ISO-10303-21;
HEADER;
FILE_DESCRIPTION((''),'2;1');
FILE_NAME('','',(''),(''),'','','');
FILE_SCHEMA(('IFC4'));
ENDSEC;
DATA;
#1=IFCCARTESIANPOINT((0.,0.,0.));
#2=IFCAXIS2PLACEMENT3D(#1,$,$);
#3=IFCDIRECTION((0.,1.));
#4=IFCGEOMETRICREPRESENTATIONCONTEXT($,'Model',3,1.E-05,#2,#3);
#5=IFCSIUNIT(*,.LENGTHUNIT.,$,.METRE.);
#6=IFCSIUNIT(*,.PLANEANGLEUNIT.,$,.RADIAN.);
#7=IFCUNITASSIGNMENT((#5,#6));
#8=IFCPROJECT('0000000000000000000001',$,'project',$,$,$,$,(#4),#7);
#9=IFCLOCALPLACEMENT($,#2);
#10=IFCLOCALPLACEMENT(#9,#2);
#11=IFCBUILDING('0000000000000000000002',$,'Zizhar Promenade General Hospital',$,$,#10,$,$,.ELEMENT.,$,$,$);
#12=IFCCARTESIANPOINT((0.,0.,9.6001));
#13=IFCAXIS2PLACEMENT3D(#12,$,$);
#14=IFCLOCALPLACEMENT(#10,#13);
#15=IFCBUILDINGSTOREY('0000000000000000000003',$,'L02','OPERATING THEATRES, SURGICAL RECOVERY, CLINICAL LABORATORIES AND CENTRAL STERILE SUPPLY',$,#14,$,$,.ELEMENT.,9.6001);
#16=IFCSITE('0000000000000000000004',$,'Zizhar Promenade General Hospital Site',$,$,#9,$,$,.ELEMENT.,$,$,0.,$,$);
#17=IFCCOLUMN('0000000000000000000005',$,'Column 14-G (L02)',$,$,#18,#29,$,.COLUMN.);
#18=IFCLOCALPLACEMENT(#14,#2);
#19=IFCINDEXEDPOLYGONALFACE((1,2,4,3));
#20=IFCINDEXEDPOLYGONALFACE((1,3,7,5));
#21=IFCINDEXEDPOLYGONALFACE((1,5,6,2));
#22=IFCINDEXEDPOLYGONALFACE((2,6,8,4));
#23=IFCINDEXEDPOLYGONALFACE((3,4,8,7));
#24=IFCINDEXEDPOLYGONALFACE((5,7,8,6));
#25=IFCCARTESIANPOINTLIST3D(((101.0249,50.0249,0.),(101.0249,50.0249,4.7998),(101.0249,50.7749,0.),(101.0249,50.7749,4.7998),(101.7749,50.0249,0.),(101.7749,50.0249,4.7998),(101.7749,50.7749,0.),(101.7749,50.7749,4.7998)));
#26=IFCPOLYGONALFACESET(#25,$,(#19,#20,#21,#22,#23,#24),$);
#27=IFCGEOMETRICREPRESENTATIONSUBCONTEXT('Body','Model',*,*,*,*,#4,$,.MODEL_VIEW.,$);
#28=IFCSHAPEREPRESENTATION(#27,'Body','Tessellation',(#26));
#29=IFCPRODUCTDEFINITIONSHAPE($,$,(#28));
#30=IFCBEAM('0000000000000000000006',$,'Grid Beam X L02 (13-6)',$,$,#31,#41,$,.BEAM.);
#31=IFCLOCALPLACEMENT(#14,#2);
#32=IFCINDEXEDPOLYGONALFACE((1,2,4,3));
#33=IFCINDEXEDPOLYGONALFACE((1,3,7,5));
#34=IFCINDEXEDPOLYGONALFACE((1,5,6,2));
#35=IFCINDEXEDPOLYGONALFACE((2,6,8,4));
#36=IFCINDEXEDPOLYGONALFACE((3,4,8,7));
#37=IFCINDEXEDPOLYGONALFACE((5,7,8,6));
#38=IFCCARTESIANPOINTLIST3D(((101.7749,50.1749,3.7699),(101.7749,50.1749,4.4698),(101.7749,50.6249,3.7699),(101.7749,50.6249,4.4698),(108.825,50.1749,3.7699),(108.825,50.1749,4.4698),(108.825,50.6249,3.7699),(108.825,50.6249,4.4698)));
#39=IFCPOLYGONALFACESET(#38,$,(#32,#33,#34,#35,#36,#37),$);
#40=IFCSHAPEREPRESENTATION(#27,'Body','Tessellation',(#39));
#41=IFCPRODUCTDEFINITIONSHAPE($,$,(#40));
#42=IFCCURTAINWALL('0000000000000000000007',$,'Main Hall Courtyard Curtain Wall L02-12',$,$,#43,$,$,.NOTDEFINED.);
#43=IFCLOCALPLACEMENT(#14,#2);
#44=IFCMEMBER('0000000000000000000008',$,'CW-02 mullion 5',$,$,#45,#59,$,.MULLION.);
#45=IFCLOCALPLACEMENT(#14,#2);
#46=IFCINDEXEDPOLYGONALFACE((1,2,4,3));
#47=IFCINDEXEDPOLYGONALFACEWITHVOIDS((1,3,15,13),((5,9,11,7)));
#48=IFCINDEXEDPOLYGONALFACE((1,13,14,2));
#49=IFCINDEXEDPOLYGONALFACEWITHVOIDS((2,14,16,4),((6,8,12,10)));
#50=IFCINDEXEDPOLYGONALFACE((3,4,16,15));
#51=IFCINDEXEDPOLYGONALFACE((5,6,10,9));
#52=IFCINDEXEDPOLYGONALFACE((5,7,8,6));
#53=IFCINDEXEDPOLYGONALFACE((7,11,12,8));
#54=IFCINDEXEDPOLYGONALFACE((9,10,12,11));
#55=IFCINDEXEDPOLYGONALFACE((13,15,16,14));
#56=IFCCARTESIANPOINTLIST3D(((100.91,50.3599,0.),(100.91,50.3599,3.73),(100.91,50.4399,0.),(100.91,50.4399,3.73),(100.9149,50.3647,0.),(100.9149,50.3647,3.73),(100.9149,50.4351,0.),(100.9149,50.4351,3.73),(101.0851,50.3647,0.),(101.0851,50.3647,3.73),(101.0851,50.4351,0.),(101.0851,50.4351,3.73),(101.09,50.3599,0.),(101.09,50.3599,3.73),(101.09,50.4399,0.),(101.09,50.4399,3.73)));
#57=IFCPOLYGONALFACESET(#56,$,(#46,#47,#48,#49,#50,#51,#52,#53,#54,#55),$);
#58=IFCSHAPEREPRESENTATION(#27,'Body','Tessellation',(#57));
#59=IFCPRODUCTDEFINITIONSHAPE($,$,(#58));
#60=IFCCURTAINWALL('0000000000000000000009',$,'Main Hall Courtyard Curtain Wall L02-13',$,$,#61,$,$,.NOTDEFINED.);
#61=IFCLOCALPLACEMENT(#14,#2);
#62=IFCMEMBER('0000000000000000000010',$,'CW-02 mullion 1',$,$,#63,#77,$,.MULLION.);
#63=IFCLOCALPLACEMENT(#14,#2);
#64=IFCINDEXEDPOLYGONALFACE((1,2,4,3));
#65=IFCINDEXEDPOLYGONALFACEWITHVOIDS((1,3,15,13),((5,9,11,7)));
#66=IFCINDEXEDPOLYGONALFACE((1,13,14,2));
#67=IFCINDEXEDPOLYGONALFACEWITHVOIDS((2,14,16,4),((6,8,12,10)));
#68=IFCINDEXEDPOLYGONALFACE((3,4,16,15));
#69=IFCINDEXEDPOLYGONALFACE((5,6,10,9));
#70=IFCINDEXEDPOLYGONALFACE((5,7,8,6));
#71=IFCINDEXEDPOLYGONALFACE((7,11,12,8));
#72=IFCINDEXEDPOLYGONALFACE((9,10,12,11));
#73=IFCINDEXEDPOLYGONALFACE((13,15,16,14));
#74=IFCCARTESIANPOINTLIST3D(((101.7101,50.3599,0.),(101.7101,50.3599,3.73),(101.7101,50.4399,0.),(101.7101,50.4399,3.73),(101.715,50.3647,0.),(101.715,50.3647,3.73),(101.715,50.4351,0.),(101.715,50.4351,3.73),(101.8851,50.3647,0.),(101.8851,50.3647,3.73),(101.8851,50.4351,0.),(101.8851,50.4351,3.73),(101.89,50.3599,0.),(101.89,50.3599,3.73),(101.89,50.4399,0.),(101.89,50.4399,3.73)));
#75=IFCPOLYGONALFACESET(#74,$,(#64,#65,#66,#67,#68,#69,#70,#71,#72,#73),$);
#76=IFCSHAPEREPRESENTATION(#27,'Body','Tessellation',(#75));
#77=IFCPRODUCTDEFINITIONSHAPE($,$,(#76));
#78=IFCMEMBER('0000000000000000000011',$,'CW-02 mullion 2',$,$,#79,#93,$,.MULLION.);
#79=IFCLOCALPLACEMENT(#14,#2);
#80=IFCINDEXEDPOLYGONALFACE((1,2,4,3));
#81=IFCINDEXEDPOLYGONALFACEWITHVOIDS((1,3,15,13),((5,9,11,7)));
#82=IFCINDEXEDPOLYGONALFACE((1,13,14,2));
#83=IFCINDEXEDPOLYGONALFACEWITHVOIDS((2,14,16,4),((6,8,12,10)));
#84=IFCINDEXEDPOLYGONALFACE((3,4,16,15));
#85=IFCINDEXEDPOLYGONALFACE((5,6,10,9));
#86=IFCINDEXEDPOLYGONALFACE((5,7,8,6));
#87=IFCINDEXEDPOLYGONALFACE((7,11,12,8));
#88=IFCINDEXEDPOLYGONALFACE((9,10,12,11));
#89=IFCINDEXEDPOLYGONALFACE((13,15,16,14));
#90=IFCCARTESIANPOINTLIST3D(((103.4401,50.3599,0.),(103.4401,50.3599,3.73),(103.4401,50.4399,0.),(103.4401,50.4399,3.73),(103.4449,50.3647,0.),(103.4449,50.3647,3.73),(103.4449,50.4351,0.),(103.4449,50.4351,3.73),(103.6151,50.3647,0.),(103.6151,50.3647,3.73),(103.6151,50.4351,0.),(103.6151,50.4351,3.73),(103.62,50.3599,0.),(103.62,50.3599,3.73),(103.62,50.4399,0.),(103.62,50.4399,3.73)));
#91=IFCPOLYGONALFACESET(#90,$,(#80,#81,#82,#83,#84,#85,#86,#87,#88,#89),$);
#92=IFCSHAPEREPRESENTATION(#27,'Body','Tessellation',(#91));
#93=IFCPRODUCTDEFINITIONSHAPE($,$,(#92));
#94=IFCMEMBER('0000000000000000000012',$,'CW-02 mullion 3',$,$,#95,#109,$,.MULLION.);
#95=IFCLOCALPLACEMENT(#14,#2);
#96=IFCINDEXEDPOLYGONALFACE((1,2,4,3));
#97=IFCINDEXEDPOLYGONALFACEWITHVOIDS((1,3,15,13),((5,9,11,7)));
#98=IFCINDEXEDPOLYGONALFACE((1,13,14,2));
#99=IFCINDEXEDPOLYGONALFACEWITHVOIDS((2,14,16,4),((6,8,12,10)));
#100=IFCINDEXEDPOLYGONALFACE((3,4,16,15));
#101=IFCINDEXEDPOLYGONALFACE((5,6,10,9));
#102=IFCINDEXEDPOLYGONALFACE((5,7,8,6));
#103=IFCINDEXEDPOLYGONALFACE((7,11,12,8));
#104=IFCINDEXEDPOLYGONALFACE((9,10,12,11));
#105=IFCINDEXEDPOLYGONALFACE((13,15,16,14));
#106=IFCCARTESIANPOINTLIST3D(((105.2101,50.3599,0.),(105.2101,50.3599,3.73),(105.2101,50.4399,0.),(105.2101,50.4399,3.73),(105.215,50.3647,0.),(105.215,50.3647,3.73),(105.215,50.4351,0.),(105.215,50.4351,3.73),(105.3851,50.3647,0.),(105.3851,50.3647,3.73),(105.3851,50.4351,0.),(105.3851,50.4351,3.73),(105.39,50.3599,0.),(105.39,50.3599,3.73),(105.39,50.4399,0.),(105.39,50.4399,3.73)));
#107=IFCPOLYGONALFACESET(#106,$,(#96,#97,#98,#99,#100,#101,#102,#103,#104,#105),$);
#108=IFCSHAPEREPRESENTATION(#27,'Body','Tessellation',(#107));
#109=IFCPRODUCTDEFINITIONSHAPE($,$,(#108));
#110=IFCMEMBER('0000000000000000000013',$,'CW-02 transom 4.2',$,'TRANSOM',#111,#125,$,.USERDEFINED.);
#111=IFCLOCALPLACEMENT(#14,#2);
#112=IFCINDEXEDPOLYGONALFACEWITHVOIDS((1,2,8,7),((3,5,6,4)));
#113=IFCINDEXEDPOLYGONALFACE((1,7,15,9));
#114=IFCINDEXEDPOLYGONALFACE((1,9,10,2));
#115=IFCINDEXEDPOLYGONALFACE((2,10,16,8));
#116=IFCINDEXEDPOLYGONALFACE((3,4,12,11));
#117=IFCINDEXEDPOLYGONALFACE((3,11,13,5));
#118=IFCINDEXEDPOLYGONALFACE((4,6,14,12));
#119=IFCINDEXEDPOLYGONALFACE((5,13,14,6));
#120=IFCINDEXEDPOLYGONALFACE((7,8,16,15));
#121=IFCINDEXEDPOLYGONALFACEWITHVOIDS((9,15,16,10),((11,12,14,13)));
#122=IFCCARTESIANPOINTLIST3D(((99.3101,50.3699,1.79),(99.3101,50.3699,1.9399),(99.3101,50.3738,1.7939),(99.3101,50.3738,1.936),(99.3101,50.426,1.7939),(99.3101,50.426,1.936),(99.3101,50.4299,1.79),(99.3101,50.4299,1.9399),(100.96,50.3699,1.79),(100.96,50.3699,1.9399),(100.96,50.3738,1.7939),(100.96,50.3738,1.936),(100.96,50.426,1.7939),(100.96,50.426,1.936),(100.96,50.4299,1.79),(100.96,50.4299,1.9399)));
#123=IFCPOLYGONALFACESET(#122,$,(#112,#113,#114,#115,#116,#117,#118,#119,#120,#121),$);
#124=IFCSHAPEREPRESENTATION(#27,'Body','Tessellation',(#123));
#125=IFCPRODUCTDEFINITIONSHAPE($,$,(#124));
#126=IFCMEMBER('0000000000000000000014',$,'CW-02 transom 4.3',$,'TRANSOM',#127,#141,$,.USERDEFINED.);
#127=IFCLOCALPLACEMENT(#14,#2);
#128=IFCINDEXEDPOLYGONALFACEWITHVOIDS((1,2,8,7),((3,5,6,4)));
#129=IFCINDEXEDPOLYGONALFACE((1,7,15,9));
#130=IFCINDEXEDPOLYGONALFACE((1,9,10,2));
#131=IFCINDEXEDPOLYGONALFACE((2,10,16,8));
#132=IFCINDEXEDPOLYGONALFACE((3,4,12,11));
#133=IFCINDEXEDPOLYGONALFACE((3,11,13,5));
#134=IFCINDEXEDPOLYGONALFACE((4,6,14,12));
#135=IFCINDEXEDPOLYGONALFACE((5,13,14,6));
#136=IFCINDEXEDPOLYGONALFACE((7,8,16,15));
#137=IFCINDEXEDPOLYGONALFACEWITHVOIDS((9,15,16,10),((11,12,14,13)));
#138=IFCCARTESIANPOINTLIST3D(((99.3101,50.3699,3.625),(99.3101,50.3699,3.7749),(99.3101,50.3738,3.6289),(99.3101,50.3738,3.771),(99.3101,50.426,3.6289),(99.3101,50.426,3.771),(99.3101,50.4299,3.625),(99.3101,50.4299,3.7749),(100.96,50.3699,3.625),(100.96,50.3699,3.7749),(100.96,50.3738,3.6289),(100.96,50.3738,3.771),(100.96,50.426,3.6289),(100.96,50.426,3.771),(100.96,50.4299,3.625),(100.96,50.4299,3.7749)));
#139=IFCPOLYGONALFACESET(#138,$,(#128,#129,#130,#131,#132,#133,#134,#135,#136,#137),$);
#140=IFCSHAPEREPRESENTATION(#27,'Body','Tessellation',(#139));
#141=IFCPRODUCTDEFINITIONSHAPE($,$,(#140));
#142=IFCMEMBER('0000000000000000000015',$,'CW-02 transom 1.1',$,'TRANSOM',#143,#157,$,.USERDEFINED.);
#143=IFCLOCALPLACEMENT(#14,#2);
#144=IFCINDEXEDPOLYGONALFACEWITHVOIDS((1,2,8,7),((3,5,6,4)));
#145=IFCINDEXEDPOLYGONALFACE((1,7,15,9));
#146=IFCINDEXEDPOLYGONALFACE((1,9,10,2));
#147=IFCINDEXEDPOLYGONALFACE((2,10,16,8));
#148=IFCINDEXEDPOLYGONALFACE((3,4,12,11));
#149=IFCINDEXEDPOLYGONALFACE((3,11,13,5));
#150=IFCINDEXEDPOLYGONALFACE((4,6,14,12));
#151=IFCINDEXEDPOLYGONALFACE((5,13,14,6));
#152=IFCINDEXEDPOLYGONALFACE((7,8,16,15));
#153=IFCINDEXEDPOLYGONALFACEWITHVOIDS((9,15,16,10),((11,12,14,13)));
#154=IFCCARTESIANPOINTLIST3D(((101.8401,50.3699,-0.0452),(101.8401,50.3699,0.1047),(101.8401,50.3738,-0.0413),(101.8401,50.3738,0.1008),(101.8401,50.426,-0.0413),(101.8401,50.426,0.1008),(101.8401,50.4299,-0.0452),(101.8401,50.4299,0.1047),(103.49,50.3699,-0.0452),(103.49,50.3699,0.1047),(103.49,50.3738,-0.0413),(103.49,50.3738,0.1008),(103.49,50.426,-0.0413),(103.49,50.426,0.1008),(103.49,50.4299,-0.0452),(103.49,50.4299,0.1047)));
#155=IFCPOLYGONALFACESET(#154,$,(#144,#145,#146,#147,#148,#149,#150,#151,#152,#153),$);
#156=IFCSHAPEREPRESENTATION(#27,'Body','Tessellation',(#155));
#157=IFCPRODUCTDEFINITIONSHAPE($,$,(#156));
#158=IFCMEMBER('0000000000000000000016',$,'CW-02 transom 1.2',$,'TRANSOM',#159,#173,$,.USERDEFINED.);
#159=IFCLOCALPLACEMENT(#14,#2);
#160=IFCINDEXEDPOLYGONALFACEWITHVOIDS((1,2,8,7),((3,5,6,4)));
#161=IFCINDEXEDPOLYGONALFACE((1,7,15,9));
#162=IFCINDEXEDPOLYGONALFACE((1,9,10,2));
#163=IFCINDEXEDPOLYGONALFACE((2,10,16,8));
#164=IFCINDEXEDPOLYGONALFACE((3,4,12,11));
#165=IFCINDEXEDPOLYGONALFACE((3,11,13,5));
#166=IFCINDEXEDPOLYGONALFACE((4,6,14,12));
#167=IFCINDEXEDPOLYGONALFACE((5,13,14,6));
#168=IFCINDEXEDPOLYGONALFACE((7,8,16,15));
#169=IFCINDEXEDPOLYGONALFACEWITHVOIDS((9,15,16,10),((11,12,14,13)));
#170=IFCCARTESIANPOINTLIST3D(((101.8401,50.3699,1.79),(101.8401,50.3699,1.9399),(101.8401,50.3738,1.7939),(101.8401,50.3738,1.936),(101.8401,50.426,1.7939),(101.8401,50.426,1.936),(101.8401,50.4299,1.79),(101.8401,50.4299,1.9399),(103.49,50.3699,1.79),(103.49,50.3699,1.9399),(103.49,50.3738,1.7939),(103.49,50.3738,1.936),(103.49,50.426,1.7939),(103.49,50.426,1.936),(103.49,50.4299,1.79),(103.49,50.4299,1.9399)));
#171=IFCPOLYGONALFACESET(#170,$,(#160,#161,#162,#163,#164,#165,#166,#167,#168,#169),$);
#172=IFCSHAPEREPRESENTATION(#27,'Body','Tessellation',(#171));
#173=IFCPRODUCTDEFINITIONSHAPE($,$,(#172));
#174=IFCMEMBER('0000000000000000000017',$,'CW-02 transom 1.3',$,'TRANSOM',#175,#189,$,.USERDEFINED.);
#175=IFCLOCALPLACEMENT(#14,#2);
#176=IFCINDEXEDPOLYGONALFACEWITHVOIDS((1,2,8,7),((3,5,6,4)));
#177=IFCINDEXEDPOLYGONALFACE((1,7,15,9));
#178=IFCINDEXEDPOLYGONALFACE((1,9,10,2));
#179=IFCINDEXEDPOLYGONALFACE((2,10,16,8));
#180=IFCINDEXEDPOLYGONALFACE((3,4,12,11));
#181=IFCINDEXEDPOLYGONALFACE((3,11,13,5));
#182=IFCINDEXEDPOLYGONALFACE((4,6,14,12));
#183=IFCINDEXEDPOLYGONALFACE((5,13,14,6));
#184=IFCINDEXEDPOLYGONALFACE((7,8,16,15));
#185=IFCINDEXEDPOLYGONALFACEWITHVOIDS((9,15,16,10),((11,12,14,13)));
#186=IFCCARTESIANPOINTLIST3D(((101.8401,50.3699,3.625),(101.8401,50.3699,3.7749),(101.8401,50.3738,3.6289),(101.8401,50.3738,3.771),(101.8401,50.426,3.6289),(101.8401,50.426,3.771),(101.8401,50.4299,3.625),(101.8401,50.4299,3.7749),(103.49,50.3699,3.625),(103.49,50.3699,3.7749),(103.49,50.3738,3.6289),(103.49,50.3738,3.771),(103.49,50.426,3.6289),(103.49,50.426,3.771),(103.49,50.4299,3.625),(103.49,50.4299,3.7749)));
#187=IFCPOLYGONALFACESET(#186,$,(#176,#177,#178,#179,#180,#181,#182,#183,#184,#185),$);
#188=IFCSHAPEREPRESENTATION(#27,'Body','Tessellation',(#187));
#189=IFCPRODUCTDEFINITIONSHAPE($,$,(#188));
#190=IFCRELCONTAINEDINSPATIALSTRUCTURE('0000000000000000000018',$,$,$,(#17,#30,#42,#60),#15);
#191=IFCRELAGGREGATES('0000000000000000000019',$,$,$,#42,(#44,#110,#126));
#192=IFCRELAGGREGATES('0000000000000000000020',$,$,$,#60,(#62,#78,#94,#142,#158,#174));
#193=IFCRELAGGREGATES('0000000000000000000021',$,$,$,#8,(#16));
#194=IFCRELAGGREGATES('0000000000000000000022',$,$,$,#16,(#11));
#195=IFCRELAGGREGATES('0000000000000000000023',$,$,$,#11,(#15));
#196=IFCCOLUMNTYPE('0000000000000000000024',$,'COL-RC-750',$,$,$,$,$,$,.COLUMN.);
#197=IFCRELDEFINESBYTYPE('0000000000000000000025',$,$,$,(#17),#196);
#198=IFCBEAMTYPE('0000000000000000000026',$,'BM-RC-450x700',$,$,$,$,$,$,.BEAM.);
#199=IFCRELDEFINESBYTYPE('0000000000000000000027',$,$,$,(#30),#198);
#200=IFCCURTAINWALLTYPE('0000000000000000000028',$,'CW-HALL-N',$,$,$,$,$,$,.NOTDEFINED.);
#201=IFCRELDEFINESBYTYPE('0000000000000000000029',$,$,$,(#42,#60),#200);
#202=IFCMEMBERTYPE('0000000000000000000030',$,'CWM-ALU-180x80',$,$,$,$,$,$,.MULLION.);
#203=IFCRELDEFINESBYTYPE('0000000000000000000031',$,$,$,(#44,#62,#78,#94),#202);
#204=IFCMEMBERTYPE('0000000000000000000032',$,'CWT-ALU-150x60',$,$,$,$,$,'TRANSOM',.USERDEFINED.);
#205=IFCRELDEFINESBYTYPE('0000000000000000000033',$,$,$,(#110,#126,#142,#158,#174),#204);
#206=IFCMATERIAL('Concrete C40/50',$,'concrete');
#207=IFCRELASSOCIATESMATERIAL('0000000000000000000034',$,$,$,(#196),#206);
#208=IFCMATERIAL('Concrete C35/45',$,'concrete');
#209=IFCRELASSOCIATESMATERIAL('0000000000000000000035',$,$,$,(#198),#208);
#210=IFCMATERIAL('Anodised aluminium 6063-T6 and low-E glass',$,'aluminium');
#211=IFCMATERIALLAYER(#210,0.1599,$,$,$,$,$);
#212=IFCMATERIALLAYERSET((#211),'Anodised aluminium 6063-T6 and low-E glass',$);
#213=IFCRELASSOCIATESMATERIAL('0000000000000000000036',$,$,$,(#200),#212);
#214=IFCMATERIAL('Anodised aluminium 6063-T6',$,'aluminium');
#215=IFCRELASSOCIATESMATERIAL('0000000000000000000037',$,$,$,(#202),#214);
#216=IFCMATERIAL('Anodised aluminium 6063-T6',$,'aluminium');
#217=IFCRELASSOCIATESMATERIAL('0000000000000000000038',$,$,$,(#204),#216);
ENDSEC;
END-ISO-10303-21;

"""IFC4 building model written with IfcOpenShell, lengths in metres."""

from ifc_helpers import new_model, si_unit, direction, frame, origin, origin_2d, place, context, subcontext, project, spatial, rectangle, hollow_rectangle, extrude, material, layer, layer_set, material_profile, profile_set, type_object, element, aggregate, save


model = new_model("IFC4")

# Units and contexts
model_context = context("Model", 3, precision=1e-05, world=origin(), true_north=direction((0.0, 1.0)))
body_context = subcontext(model_context, "Body", "Model", "MODEL_VIEW")
ifc_project = project(units=[si_unit("LENGTHUNIT", "METRE"), si_unit("PLANEANGLEUNIT", "RADIAN")], contexts=[model_context])

# Site, building, storey
site_placement = place(None, origin())
site = spatial("IfcSite", under=ifc_project, at=site_placement, Name="Zizhar Promenade General Hospital Site", CompositionType="ELEMENT", RefElevation=0.0)
building_placement = place(site_placement, origin())
building = spatial("IfcBuilding", under=site, at=building_placement, Name="Zizhar Promenade General Hospital", CompositionType="ELEMENT")
storey_placement = place(building_placement, frame((0.0, 0.0, 9.6001)))
storey = spatial("IfcBuildingStorey", under=building, at=storey_placement, Name="L02", Description="OPERATING THEATRES, SURGICAL RECOVERY, CLINICAL LABORATORIES AND CENTRAL STERILE SUPPLY", CompositionType="ELEMENT", Elevation=9.6001)

# Column
ifc_material_1 = material(Name="Concrete C40/50", Category="concrete")
ifc_material_profile_1 = material_profile(ifc_material_1, rectangle(XDim=0.75, YDim=0.75, at=origin_2d()))
ifc_profile_set_1 = profile_set([ifc_material_profile_1], Name="Concrete C40/50")
column_type = type_object("IfcColumnType", Name="COL-RC-750", PredefinedType="COLUMN", material=ifc_profile_set_1)
column_placement = place(storey_placement, frame((101.3999, 50.3999, 0.0), z_axis=(0.0, 0.0, 1.0), x_axis=(1.0, 0.0, 0.0)))
element("IfcColumn", 1, at=column_placement, inside=storey, type_object=column_type, Name="Column 14-G (L02)", PredefinedType="COLUMN", context=body_context, shape_type="SweptSolid", body=[
    extrude(rectangle(XDim=0.75, YDim=0.75, at=origin_2d()), origin(), (0.0, 0.0, 1.0), 4.7998),
])

# Beam
ifc_material_2 = material(Name="Concrete C35/45", Category="concrete")
ifc_material_profile_2 = material_profile(ifc_material_2, rectangle(XDim=0.45, YDim=0.7, at=origin_2d()))
ifc_profile_set_2 = profile_set([ifc_material_profile_2], Name="Concrete C35/45")
beam_type = type_object("IfcBeamType", Name="BM-RC-450x700", PredefinedType="BEAM", material=ifc_profile_set_2)
beam_placement = place(storey_placement, frame((101.7749, 50.3999, 4.1199), z_axis=(1.0, 0.0, 0.0), x_axis=(0.0, 1.0, 0.0)))
element("IfcBeam", 2, at=beam_placement, inside=storey, type_object=beam_type, Name="Grid Beam X L02 (13-6)", PredefinedType="BEAM", context=body_context, shape_type="SweptSolid", body=[
    extrude(rectangle(XDim=0.45, YDim=0.7, at=origin_2d()), origin(), (0.0, 0.0, 1.0), 7.05),
])

# Curtain wall, member
ifc_material_3 = material(Name="Anodised aluminium 6063-T6 and low-E glass", Category="aluminium")
ifc_layer_1 = layer(ifc_material_3, 0.1599)
ifc_layer_set_1 = layer_set([ifc_layer_1], Name="Anodised aluminium 6063-T6 and low-E glass")
curtain_wall_type = type_object("IfcCurtainWallType", Name="CW-HALL-N", PredefinedType="NOTDEFINED", material=ifc_layer_set_1)
curtain_wall_1_placement = place(storey_placement, origin())
curtain_wall_1 = element("IfcCurtainWall", 3, at=curtain_wall_1_placement, inside=storey, type_object=curtain_wall_type, Name="Main Hall Courtyard Curtain Wall L02-12", PredefinedType="NOTDEFINED")
ifc_material_4 = material(Name="Anodised aluminium 6063-T6", Category="aluminium")
ifc_material_profile_3 = material_profile(ifc_material_4, hollow_rectangle(XDim=0.0801, YDim=0.1799, WallThickness=0.0049, at=origin_2d()))
ifc_profile_set_3 = profile_set([ifc_material_profile_3], Name="Anodised aluminium 6063-T6")
member_type_1 = type_object("IfcMemberType", Name="CWM-ALU-180x80", PredefinedType="MULLION", material=ifc_profile_set_3)
member_1_placement = place(storey_placement, frame((101.0, 50.3999, 0.0), z_axis=(0.0, 0.0, 1.0), x_axis=(0.0, 1.0, 0.0)))
member_1 = element("IfcMember", 4, at=member_1_placement, type_object=member_type_1, Name="CW-02 mullion 5", PredefinedType="MULLION", context=body_context, shape_type="SweptSolid", body=[
    extrude(hollow_rectangle(XDim=0.0801, YDim=0.1799, WallThickness=0.0049, at=origin_2d()), origin(), (0.0, 0.0, 1.0), 3.73),
])

# Curtain wall, members
curtain_wall_2_placement = place(storey_placement, origin())
curtain_wall_2 = element("IfcCurtainWall", 5, at=curtain_wall_2_placement, inside=storey, type_object=curtain_wall_type, Name="Main Hall Courtyard Curtain Wall L02-13", PredefinedType="NOTDEFINED")
member_2_placement = place(storey_placement, frame((101.8, 50.3999, 0.0), z_axis=(0.0, 0.0, 1.0), x_axis=(0.0, 1.0, 0.0)))
member_2 = element("IfcMember", 6, at=member_2_placement, type_object=member_type_1, Name="CW-02 mullion 1", PredefinedType="MULLION", context=body_context, shape_type="SweptSolid", body=[
    extrude(hollow_rectangle(XDim=0.0801, YDim=0.1799, WallThickness=0.0049, at=origin_2d()), origin(), (0.0, 0.0, 1.0), 3.73),
])
member_3_placement = place(storey_placement, frame((103.53, 50.3999, 0.0), z_axis=(0.0, 0.0, 1.0), x_axis=(0.0, 1.0, 0.0)))
member_3 = element("IfcMember", 7, at=member_3_placement, type_object=member_type_1, Name="CW-02 mullion 2", PredefinedType="MULLION", context=body_context, shape_type="SweptSolid", body=[
    extrude(hollow_rectangle(XDim=0.0801, YDim=0.1799, WallThickness=0.0049, at=origin_2d()), origin(), (0.0, 0.0, 1.0), 3.73),
])
member_4_placement = place(storey_placement, frame((105.3, 50.3999, 0.0), z_axis=(0.0, 0.0, 1.0), x_axis=(0.0, 1.0, 0.0)))
member_4 = element("IfcMember", 8, at=member_4_placement, type_object=member_type_1, Name="CW-02 mullion 3", PredefinedType="MULLION", context=body_context, shape_type="SweptSolid", body=[
    extrude(hollow_rectangle(XDim=0.0801, YDim=0.1799, WallThickness=0.0049, at=origin_2d()), origin(), (0.0, 0.0, 1.0), 3.73),
])

# Members
ifc_material_5 = material(Name="Anodised aluminium 6063-T6", Category="aluminium")
ifc_material_profile_4 = material_profile(ifc_material_5, hollow_rectangle(XDim=0.0601, YDim=0.1499, WallThickness=0.0039, at=origin_2d()))
ifc_profile_set_4 = profile_set([ifc_material_profile_4], Name="Anodised aluminium 6063-T6")
member_type_2 = type_object("IfcMemberType", Name="CWT-ALU-150x60", ElementType="TRANSOM", PredefinedType="USERDEFINED", material=ifc_profile_set_4)
member_5_placement = place(storey_placement, frame((99.3101, 50.3999, 1.865), z_axis=(1.0, 0.0, 0.0), x_axis=(0.0, 1.0, 0.0)))
member_5 = element("IfcMember", 9, at=member_5_placement, type_object=member_type_2, Name="CW-02 transom 4.2", ObjectType="TRANSOM", PredefinedType="USERDEFINED", context=body_context, shape_type="SweptSolid", body=[
    extrude(hollow_rectangle(XDim=0.0601, YDim=0.1499, WallThickness=0.0039, at=origin_2d()), origin(), (0.0, 0.0, 1.0), 1.6499),
])
member_6_placement = place(storey_placement, frame((99.3101, 50.3999, 3.7), z_axis=(1.0, 0.0, 0.0), x_axis=(0.0, 1.0, 0.0)))
member_6 = element("IfcMember", 10, at=member_6_placement, type_object=member_type_2, Name="CW-02 transom 4.3", ObjectType="TRANSOM", PredefinedType="USERDEFINED", context=body_context, shape_type="SweptSolid", body=[
    extrude(hollow_rectangle(XDim=0.0601, YDim=0.1499, WallThickness=0.0039, at=origin_2d()), origin(), (0.0, 0.0, 1.0), 1.6499),
])
member_7_placement = place(storey_placement, frame((101.8401, 50.3999, 0.0298), z_axis=(1.0, 0.0, 0.0), x_axis=(0.0, 1.0, 0.0)))
member_7 = element("IfcMember", 11, at=member_7_placement, type_object=member_type_2, Name="CW-02 transom 1.1", ObjectType="TRANSOM", PredefinedType="USERDEFINED", context=body_context, shape_type="SweptSolid", body=[
    extrude(hollow_rectangle(XDim=0.0601, YDim=0.1499, WallThickness=0.0039, at=origin_2d()), origin(), (0.0, 0.0, 1.0), 1.6499),
])
member_8_placement = place(storey_placement, frame((101.8401, 50.3999, 1.865), z_axis=(1.0, 0.0, 0.0), x_axis=(0.0, 1.0, 0.0)))
member_8 = element("IfcMember", 12, at=member_8_placement, type_object=member_type_2, Name="CW-02 transom 1.2", ObjectType="TRANSOM", PredefinedType="USERDEFINED", context=body_context, shape_type="SweptSolid", body=[
    extrude(hollow_rectangle(XDim=0.0601, YDim=0.1499, WallThickness=0.0039, at=origin_2d()), origin(), (0.0, 0.0, 1.0), 1.6499),
])
member_9_placement = place(storey_placement, frame((101.8401, 50.3999, 3.7), z_axis=(1.0, 0.0, 0.0), x_axis=(0.0, 1.0, 0.0)))
member_9 = element("IfcMember", 13, at=member_9_placement, type_object=member_type_2, Name="CW-02 transom 1.3", ObjectType="TRANSOM", PredefinedType="USERDEFINED", context=body_context, shape_type="SweptSolid", body=[
    extrude(hollow_rectangle(XDim=0.0601, YDim=0.1499, WallThickness=0.0039, at=origin_2d()), origin(), (0.0, 0.0, 1.0), 1.6499),
])

aggregate(curtain_wall_1, [member_1, member_5, member_6])
aggregate(curtain_wall_2, [member_2, member_3, member_4, member_7, member_8, member_9])

save(model, "model.ifc")
